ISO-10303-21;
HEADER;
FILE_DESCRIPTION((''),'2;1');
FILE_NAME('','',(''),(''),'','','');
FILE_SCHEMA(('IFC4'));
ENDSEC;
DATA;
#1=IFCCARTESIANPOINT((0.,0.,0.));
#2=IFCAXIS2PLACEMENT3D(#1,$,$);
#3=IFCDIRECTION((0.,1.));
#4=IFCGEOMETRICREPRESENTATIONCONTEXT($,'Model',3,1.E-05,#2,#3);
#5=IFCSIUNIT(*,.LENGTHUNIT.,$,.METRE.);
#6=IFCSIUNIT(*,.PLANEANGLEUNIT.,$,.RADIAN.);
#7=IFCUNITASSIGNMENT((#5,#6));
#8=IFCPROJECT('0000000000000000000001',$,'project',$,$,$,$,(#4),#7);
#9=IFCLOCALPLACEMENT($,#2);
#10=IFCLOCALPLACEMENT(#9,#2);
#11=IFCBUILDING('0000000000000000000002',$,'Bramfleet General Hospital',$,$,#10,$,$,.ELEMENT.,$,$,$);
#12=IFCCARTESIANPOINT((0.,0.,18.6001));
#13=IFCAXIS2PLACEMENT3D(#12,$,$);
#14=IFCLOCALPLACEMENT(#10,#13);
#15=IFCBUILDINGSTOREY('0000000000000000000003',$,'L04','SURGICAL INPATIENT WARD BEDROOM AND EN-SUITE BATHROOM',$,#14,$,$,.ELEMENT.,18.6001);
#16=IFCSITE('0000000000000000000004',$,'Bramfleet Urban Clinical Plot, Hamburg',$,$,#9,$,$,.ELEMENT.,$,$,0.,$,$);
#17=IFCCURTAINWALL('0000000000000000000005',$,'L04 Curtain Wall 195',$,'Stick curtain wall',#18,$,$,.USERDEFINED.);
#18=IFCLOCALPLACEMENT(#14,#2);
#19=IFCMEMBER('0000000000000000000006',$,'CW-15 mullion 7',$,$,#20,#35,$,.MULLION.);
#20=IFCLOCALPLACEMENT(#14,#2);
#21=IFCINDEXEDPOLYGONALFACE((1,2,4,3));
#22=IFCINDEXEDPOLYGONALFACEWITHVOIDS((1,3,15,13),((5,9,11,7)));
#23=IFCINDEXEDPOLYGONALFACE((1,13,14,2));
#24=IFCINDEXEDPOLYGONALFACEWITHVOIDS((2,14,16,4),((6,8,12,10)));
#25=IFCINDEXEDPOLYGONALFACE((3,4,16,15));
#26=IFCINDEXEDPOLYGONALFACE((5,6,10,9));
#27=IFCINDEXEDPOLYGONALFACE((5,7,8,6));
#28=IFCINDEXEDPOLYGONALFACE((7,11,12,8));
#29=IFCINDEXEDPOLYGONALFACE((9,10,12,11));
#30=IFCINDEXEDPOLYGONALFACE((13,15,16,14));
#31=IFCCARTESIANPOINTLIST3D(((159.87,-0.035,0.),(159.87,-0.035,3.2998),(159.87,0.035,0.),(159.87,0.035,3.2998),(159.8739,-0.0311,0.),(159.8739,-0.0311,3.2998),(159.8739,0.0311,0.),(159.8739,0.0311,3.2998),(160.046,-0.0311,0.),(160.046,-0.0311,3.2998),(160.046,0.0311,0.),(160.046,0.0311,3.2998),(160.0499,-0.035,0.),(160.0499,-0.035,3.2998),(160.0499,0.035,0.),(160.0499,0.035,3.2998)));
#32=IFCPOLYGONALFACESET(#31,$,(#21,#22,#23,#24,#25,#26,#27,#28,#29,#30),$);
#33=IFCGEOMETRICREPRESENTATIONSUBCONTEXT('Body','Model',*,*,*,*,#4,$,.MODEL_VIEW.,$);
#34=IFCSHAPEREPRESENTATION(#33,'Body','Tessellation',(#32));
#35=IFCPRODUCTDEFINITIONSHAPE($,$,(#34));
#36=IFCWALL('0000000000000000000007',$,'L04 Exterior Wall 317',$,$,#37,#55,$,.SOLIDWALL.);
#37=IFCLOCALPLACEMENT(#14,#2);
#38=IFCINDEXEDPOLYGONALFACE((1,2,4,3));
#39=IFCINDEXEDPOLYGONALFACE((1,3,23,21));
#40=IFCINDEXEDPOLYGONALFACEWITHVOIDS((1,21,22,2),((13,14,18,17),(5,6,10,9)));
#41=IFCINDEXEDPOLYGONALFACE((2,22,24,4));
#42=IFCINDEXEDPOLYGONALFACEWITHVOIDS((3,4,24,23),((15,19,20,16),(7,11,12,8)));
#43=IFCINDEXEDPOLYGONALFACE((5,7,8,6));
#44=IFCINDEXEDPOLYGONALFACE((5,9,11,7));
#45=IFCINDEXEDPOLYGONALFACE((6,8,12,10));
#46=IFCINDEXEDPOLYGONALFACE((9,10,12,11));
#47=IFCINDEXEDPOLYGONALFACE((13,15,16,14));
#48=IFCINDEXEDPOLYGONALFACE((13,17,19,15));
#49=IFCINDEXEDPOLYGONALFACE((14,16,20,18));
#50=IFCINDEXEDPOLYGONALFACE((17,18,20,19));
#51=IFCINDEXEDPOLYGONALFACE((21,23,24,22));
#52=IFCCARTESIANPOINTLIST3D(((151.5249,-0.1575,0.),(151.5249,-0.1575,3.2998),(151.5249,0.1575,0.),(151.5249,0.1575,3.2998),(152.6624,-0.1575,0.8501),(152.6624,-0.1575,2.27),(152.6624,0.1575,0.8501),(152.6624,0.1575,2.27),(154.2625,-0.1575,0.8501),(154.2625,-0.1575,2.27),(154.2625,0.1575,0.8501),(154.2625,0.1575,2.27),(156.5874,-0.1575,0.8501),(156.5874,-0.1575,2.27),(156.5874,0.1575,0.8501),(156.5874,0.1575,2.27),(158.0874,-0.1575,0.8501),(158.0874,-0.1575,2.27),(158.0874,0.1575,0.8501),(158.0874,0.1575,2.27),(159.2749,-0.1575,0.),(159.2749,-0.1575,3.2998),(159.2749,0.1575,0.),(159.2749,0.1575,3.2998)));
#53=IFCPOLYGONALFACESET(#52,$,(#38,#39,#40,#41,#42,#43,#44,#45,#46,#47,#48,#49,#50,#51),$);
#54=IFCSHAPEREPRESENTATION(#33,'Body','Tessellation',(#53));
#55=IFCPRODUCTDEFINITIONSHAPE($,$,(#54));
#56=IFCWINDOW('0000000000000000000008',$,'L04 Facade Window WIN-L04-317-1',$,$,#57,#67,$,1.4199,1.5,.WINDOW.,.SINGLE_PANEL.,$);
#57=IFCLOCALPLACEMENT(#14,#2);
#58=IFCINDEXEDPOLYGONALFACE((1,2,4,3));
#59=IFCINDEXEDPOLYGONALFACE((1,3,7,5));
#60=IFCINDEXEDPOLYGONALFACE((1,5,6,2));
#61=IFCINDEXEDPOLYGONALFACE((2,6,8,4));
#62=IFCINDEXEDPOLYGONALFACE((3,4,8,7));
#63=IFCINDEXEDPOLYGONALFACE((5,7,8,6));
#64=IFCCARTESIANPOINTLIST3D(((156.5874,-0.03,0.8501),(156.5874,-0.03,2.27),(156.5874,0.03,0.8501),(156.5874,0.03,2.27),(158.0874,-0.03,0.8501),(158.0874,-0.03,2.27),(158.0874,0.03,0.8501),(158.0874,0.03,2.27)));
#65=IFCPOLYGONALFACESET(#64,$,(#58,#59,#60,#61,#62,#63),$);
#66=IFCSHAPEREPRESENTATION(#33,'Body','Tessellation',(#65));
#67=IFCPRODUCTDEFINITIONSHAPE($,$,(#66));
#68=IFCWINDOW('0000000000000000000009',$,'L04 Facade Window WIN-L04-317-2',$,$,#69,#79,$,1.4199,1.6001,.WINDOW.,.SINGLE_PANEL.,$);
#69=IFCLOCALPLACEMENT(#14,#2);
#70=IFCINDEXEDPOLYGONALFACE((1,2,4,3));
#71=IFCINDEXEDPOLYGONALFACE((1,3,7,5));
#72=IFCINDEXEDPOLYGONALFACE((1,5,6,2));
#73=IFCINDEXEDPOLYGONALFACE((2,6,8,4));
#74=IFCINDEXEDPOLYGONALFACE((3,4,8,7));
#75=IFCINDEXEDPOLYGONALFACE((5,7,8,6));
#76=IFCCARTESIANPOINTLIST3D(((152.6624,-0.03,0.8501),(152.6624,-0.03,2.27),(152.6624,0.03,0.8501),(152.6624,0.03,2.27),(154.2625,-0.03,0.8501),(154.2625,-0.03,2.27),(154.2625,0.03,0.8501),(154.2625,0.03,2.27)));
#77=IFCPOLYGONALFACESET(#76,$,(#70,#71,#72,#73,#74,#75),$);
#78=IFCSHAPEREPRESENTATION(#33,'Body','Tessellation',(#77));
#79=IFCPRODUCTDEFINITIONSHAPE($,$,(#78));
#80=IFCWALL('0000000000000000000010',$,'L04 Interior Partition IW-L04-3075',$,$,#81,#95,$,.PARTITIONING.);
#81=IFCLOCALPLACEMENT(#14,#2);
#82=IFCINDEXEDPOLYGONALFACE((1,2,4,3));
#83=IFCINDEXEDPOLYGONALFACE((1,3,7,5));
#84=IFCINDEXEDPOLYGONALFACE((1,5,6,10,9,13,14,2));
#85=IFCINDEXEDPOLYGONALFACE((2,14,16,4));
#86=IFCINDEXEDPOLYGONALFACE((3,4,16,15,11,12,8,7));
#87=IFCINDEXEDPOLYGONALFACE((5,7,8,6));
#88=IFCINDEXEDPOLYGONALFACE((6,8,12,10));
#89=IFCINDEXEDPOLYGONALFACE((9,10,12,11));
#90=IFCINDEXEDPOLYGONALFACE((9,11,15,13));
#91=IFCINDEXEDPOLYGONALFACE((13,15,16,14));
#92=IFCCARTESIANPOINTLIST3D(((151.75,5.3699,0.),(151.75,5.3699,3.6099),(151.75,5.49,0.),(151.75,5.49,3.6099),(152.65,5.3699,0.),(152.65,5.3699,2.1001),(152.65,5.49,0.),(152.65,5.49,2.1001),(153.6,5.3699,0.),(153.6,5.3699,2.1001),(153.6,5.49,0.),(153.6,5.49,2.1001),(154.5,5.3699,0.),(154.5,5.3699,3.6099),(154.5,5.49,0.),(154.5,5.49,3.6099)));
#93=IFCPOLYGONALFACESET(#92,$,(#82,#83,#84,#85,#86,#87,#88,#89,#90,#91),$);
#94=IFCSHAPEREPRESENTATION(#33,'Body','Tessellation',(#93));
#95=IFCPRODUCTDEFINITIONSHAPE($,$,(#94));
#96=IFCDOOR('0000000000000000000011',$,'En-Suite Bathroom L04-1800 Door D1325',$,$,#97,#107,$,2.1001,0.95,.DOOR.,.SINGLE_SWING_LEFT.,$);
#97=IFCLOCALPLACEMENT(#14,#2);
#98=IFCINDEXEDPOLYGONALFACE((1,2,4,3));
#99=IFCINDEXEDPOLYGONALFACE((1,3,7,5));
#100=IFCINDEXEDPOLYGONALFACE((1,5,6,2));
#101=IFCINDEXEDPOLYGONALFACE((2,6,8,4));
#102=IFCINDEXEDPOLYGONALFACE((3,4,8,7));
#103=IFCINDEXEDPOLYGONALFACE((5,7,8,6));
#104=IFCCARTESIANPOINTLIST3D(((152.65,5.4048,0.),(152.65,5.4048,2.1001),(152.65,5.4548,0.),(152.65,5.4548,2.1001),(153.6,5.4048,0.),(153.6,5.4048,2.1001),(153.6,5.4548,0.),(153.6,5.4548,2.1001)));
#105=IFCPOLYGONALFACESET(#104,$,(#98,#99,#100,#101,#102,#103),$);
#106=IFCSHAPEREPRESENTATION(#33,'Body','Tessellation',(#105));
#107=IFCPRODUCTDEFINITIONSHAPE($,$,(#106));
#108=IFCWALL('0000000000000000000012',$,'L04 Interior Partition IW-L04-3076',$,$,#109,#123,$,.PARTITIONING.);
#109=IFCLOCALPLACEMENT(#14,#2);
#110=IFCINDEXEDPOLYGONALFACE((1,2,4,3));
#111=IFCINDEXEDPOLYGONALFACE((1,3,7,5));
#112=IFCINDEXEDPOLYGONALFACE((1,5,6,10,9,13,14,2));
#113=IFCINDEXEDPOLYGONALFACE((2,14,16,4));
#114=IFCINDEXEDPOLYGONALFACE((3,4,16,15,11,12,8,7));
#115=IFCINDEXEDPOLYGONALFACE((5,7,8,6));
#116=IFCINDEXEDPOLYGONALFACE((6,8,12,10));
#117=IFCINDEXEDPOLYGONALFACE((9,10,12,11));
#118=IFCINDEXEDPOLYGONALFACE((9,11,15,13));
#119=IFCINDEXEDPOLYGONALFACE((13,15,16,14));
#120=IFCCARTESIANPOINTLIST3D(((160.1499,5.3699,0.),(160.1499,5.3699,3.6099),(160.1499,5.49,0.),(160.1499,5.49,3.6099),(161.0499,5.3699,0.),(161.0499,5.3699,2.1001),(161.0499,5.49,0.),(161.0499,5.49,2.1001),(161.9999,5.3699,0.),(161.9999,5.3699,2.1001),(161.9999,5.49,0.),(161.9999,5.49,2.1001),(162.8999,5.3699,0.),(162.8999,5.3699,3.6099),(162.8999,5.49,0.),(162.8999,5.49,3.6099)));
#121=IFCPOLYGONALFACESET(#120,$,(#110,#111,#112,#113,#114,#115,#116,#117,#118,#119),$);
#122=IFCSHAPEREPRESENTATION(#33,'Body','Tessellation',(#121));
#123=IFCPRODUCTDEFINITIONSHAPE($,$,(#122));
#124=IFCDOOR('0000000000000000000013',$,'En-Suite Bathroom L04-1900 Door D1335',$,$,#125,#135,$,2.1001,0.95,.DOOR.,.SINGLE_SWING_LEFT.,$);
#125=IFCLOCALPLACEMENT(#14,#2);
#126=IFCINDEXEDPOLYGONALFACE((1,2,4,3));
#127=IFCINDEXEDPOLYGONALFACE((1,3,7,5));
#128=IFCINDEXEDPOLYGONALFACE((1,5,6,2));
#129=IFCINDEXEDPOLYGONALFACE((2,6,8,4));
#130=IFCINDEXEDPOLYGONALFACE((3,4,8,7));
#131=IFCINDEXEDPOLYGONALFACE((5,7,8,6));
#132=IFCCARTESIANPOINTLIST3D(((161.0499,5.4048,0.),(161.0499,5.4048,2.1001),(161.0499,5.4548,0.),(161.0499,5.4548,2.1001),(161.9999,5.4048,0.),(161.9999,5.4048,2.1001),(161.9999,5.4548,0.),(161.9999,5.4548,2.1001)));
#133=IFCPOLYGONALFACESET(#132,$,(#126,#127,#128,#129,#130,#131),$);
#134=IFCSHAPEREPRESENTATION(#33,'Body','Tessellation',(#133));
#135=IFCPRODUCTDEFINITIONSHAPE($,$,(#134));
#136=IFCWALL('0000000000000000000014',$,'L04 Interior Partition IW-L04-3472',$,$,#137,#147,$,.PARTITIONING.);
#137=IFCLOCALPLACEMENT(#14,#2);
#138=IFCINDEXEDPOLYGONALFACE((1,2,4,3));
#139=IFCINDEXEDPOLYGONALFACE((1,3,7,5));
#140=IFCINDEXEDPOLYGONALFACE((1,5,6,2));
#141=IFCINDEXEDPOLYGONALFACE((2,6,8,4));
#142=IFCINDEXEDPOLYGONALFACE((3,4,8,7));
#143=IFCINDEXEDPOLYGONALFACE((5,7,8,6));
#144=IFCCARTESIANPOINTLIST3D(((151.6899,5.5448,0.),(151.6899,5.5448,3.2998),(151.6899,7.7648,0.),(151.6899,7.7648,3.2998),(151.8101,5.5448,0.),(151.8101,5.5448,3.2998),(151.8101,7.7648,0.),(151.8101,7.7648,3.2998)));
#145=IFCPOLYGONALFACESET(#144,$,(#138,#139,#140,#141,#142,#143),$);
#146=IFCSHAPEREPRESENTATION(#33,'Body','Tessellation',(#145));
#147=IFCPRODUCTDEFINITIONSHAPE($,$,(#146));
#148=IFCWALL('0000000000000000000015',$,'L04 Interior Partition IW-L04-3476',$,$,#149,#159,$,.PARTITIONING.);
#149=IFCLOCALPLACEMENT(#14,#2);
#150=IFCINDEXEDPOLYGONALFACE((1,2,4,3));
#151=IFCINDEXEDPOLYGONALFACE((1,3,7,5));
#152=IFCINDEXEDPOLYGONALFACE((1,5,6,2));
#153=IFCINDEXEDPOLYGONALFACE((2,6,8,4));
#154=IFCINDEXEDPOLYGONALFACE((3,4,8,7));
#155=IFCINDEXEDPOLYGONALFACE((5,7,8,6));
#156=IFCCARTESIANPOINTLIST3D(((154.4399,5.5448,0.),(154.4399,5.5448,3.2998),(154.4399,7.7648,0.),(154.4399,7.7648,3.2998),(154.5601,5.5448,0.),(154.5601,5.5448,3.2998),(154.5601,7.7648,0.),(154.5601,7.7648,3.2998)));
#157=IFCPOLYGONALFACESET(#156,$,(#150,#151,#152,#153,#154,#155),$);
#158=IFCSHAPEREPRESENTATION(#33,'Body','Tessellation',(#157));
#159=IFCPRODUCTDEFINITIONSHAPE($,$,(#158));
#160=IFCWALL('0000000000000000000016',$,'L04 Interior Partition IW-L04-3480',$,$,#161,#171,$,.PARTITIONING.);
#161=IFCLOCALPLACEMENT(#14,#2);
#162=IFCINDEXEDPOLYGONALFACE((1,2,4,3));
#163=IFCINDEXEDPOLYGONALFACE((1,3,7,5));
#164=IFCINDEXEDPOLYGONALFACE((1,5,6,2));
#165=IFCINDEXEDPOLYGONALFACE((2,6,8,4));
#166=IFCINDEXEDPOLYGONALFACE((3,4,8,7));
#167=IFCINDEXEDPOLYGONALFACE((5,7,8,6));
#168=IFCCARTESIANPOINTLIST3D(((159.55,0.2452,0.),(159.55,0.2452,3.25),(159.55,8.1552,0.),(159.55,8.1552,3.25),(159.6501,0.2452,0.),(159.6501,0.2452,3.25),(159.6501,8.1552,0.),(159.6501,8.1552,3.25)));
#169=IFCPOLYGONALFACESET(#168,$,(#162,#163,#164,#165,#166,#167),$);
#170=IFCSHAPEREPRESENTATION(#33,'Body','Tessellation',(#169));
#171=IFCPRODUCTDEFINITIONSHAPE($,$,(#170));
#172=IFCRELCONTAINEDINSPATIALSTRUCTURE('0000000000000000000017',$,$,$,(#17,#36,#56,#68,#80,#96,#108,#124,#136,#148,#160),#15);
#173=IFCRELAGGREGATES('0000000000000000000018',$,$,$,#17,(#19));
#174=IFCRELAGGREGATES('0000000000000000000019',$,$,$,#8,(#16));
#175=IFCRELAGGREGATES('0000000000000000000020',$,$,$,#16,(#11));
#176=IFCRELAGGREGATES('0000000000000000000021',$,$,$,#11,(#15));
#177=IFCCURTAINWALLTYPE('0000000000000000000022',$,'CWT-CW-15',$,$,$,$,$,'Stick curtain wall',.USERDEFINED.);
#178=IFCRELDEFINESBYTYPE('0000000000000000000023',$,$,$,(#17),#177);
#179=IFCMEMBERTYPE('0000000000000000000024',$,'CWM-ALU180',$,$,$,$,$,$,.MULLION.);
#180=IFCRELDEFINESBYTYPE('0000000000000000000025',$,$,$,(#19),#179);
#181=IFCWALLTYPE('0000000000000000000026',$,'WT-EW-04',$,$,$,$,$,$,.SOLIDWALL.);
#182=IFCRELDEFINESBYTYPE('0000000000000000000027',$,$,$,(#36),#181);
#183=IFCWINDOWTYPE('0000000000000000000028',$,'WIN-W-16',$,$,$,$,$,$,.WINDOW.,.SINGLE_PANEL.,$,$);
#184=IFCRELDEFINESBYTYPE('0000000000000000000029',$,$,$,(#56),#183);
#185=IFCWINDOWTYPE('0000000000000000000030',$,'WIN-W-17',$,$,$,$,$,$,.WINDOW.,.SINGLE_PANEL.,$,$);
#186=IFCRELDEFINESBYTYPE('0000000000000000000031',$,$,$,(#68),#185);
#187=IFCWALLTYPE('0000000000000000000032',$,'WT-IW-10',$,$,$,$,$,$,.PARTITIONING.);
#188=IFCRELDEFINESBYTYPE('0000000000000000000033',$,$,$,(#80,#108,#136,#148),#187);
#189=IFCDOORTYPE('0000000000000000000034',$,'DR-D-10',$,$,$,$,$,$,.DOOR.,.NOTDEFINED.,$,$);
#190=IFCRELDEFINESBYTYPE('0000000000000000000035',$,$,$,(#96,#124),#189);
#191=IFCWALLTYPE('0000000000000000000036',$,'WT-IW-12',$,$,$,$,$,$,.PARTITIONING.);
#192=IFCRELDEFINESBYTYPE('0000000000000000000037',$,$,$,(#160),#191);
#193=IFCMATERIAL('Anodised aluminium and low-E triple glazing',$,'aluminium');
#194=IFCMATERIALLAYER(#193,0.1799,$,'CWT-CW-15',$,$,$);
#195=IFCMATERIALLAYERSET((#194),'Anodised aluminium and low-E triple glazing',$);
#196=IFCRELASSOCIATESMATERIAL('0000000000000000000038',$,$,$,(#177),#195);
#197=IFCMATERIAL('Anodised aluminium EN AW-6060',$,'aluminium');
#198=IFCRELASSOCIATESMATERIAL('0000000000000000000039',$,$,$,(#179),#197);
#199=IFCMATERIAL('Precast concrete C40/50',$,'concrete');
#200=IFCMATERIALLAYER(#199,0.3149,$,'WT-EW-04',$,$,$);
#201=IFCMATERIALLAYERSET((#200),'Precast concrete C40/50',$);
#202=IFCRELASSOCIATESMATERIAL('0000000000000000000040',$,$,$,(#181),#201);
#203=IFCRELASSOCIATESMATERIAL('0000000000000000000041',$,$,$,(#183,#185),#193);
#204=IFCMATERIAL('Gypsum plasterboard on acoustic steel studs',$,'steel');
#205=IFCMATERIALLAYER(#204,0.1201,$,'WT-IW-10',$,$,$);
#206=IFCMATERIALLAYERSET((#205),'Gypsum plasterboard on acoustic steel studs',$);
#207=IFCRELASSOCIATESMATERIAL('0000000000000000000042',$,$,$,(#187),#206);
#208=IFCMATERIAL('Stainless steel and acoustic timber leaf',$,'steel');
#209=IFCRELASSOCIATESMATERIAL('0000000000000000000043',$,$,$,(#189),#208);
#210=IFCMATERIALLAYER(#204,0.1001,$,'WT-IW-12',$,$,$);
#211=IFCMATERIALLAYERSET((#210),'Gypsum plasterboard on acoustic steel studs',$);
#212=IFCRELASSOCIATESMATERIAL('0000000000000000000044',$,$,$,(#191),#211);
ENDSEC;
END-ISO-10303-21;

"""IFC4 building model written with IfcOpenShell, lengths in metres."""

from ifc_helpers import new_model, si_unit, direction, frame, frame_2d, origin, origin_2d, place, context, subcontext, project, spatial, rectangle, hollow_rectangle, extrude, material, layer, layer_set, material_profile, profile_set, type_object, element, fill, aggregate, save


model = new_model("IFC4")

# Units and contexts
model_context = context("Model", 3, precision=1e-05, world=origin(), true_north=direction((0.0, 1.0)))
body_context = subcontext(model_context, "Body", "Model", "MODEL_VIEW")
ifc_project = project(units=[si_unit("LENGTHUNIT", "METRE"), si_unit("PLANEANGLEUNIT", "RADIAN")], contexts=[model_context])

# Site, building, storey
site_placement = place(None, origin())
site = spatial("IfcSite", under=ifc_project, at=site_placement, Name="Bramfleet Urban Clinical Plot, Hamburg", CompositionType="ELEMENT", RefElevation=0.0)
building_placement = place(site_placement, origin())
building = spatial("IfcBuilding", under=site, at=building_placement, Name="Bramfleet General Hospital", CompositionType="ELEMENT")
storey_placement = place(building_placement, frame((0.0, 0.0, 18.6001)))
storey = spatial("IfcBuildingStorey", under=building, at=storey_placement, Name="L04", Description="SURGICAL INPATIENT WARD BEDROOM AND EN-SUITE BATHROOM", CompositionType="ELEMENT", Elevation=18.6001)

# Curtain wall, member
ifc_material_1 = material(Name="Anodised aluminium and low-E triple glazing", Category="aluminium")
ifc_layer_1 = layer(ifc_material_1, 0.1799, Name="CWT-CW-15")
ifc_layer_set_1 = layer_set([ifc_layer_1], Name="Anodised aluminium and low-E triple glazing")
curtain_wall_type = type_object("IfcCurtainWallType", Name="CWT-CW-15", ElementType="Stick curtain wall", PredefinedType="USERDEFINED", material=ifc_layer_set_1)
curtain_wall_placement = place(storey_placement, origin())
curtain_wall = element("IfcCurtainWall", 1, at=curtain_wall_placement, inside=storey, type_object=curtain_wall_type, Name="L04 Curtain Wall 195", ObjectType="Stick curtain wall", PredefinedType="USERDEFINED")
ifc_material_2 = material(Name="Anodised aluminium EN AW-6060", Category="aluminium")
ifc_material_profile_1 = material_profile(ifc_material_2, hollow_rectangle(XDim=0.0701, YDim=0.1799, WallThickness=0.0039, at=origin_2d()), Name="ALU 180x70x4.0")
ifc_profile_set_1 = profile_set([ifc_material_profile_1], Name="Anodised aluminium EN AW-6060")
member_type = type_object("IfcMemberType", Name="CWM-ALU180", PredefinedType="MULLION", material=ifc_profile_set_1)
member_placement = place(storey_placement, frame((159.96, 0.0, 0.0), z_axis=(0.0, 0.0, 1.0), x_axis=(0.0, -1.0, 0.0)))
member = element("IfcMember", 2, at=member_placement, type_object=member_type, Name="CW-15 mullion 7", PredefinedType="MULLION", context=body_context, shape_type="SweptSolid", body=[
    extrude(hollow_rectangle(XDim=0.0701, YDim=0.1799, WallThickness=0.0039, at=origin_2d()), origin(), (0.0, 0.0, 1.0), 3.2998),
])
aggregate(curtain_wall, [member])

# Wall, openings, windows
ifc_material_3 = material(Name="Precast concrete C40/50", Category="concrete")
ifc_layer_2 = layer(ifc_material_3, 0.3149, Name="WT-EW-04")
ifc_layer_set_2 = layer_set([ifc_layer_2], Name="Precast concrete C40/50")
wall_type_1 = type_object("IfcWallType", Name="WT-EW-04", PredefinedType="SOLIDWALL", material=ifc_layer_set_2)
wall_1_placement = place(storey_placement, frame((159.2749, 0.0, 0.0), z_axis=(0.0, 0.0, 1.0), x_axis=(-1.0, 0.0, 0.0)))
wall_1 = element("IfcWall", 3, at=wall_1_placement, inside=storey, type_object=wall_type_1, Name="L04 Exterior Wall 317", PredefinedType="SOLIDWALL", context=body_context, shape_type="SweptSolid", body=[
    extrude(rectangle(XDim=7.75, YDim=0.3149, at=frame_2d((3.875, 0.0))), origin(), (0.0, 0.0, 1.0), 3.2998),
])
opening_1_placement = place(wall_1_placement, frame((1.1875, 0.0, 0.8501)))
opening_1 = element("IfcOpeningElement", 4, at=opening_1_placement, cuts=wall_1, PredefinedType="OPENING", context=body_context, shape_type="SweptSolid", body=[
    extrude(rectangle(XDim=1.5, YDim=1.4199, at=frame_2d((0.75, 0.71))), frame((0.0, 0.1675, 0.0), z_axis=(0.0, -1.0, 0.0), x_axis=(1.0, 0.0, 0.0)), (0.0, 0.0, 1.0), 0.335),
])
opening_2_placement = place(wall_1_placement, frame((5.0125, 0.0, 0.8501)))
opening_2 = element("IfcOpeningElement", 5, at=opening_2_placement, cuts=wall_1, PredefinedType="OPENING", context=body_context, shape_type="SweptSolid", body=[
    extrude(rectangle(XDim=1.6001, YDim=1.4199, at=frame_2d((0.8, 0.71))), frame((0.0, 0.1675, 0.0), z_axis=(0.0, -1.0, 0.0), x_axis=(1.0, 0.0, 0.0)), (0.0, 0.0, 1.0), 0.335),
])
window_type_1 = type_object("IfcWindowType", Name="WIN-W-16", PartitioningType="SINGLE_PANEL", PredefinedType="WINDOW", material=ifc_material_1)
window_1_placement = place(opening_1_placement, origin())
window_1 = element("IfcWindow", 6, at=window_1_placement, inside=storey, type_object=window_type_1, Name="L04 Facade Window WIN-L04-317-1", OverallHeight=1.4199, OverallWidth=1.5, PartitioningType="SINGLE_PANEL", PredefinedType="WINDOW", context=body_context, shape_type="SweptSolid", body=[
    extrude(rectangle(XDim=1.5, YDim=1.4199, at=frame_2d((0.75, 0.71))), frame((0.0, 0.03, 0.0), z_axis=(0.0, -1.0, 0.0), x_axis=(1.0, 0.0, 0.0)), (0.0, 0.0, 1.0), 0.0601),
])
fill(opening_1, window_1)
window_type_2 = type_object("IfcWindowType", Name="WIN-W-17", PartitioningType="SINGLE_PANEL", PredefinedType="WINDOW", material=ifc_material_1)
window_2_placement = place(opening_2_placement, origin())
window_2 = element("IfcWindow", 7, at=window_2_placement, inside=storey, type_object=window_type_2, Name="L04 Facade Window WIN-L04-317-2", OverallHeight=1.4199, OverallWidth=1.6001, PartitioningType="SINGLE_PANEL", PredefinedType="WINDOW", context=body_context, shape_type="SweptSolid", body=[
    extrude(rectangle(XDim=1.6001, YDim=1.4199, at=frame_2d((0.8, 0.71))), frame((0.0, 0.03, 0.0), z_axis=(0.0, -1.0, 0.0), x_axis=(1.0, 0.0, 0.0)), (0.0, 0.0, 1.0), 0.0601),
])
fill(opening_2, window_2)

# Walls, openings, doors
ifc_material_4 = material(Name="Gypsum plasterboard on acoustic steel studs", Category="steel")
ifc_layer_3 = layer(ifc_material_4, 0.1201, Name="WT-IW-10")
ifc_layer_set_3 = layer_set([ifc_layer_3], Name="Gypsum plasterboard on acoustic steel studs")
wall_type_2 = type_object("IfcWallType", Name="WT-IW-10", PredefinedType="PARTITIONING", material=ifc_layer_set_3)
wall_2_placement = place(storey_placement, frame((151.75, 5.4299, 0.0), z_axis=(0.0, 0.0, 1.0), x_axis=(1.0, 0.0, 0.0)))
wall_2 = element("IfcWall", 8, at=wall_2_placement, inside=storey, type_object=wall_type_2, Name="L04 Interior Partition IW-L04-3075", PredefinedType="PARTITIONING", context=body_context, shape_type="SweptSolid", body=[
    extrude(rectangle(XDim=2.75, YDim=0.1201, at=frame_2d((1.375, 0.0))), origin(), (0.0, 0.0, 1.0), 3.6099),
])
opening_3_placement = place(wall_2_placement, frame((0.8999, 0.0, 0.0)))
opening_3 = element("IfcOpeningElement", 9, at=opening_3_placement, cuts=wall_2, PredefinedType="OPENING", context=body_context, shape_type="SweptSolid", body=[
    extrude(rectangle(XDim=0.95, YDim=2.1001, at=frame_2d((0.4751, 1.05))), frame((0.0, 0.0701, 0.0), z_axis=(0.0, -1.0, 0.0), x_axis=(1.0, 0.0, 0.0)), (0.0, 0.0, 1.0), 0.1401),
])
ifc_material_5 = material(Name="Stainless steel and acoustic timber leaf", Category="steel")
door_type = type_object("IfcDoorType", Name="DR-D-10", OperationType="NOTDEFINED", PredefinedType="DOOR", material=ifc_material_5)
door_1_placement = place(opening_3_placement, origin())
door_1 = element("IfcDoor", 10, at=door_1_placement, inside=storey, type_object=door_type, Name="En-Suite Bathroom L04-1800 Door D1325", OperationType="SINGLE_SWING_LEFT", OverallHeight=2.1001, OverallWidth=0.95, PredefinedType="DOOR", context=body_context, shape_type="SweptSolid", body=[
    extrude(rectangle(XDim=0.95, YDim=2.1001, at=frame_2d((0.4751, 1.05))), frame((0.0, 0.0249, 0.0), z_axis=(0.0, -1.0, 0.0), x_axis=(1.0, 0.0, 0.0)), (0.0, 0.0, 1.0), 0.05),
])
fill(opening_3, door_1)
wall_3_placement = place(storey_placement, frame((160.1499, 5.4299, 0.0), z_axis=(0.0, 0.0, 1.0), x_axis=(1.0, 0.0, 0.0)))
wall_3 = element("IfcWall", 11, at=wall_3_placement, inside=storey, type_object=wall_type_2, Name="L04 Interior Partition IW-L04-3076", PredefinedType="PARTITIONING", context=body_context, shape_type="SweptSolid", body=[
    extrude(rectangle(XDim=2.75, YDim=0.1201, at=frame_2d((1.375, 0.0))), origin(), (0.0, 0.0, 1.0), 3.6099),
])
opening_4_placement = place(wall_3_placement, frame((0.8999, 0.0, 0.0)))
opening_4 = element("IfcOpeningElement", 12, at=opening_4_placement, cuts=wall_3, PredefinedType="OPENING", context=body_context, shape_type="SweptSolid", body=[
    extrude(rectangle(XDim=0.95, YDim=2.1001, at=frame_2d((0.4751, 1.05))), frame((0.0, 0.0701, 0.0), z_axis=(0.0, -1.0, 0.0), x_axis=(1.0, 0.0, 0.0)), (0.0, 0.0, 1.0), 0.1401),
])
door_2_placement = place(opening_4_placement, origin())
door_2 = element("IfcDoor", 13, at=door_2_placement, inside=storey, type_object=door_type, Name="En-Suite Bathroom L04-1900 Door D1335", OperationType="SINGLE_SWING_LEFT", OverallHeight=2.1001, OverallWidth=0.95, PredefinedType="DOOR", context=body_context, shape_type="SweptSolid", body=[
    extrude(rectangle(XDim=0.95, YDim=2.1001, at=frame_2d((0.4751, 1.05))), frame((0.0, 0.0249, 0.0), z_axis=(0.0, -1.0, 0.0), x_axis=(1.0, 0.0, 0.0)), (0.0, 0.0, 1.0), 0.05),
])
fill(opening_4, door_2)

# Walls
for number, where, z_axis, x_axis, name in (
    (14, (151.75, 5.5449, 0.0), (0.0, 0.0, 1.0), (0.0, 1.0, 0.0), "L04 Interior Partition IW-L04-3472"),
    (15, (154.5, 5.5449, 0.0), (0.0, 0.0, 1.0), (0.0, 1.0, 0.0), "L04 Interior Partition IW-L04-3476"),
):
    element("IfcWall", number, at=place(storey_placement, frame(where, z_axis=z_axis, x_axis=x_axis)), inside=storey, type_object=wall_type_2, Name=name, PredefinedType="PARTITIONING", context=body_context, shape_type="SweptSolid", body=[
        extrude(rectangle(XDim=2.22, YDim=0.1201, at=frame_2d((1.1099, 0.0))), origin(), (0.0, 0.0, 1.0), 3.2998),
    ])
ifc_layer_4 = layer(ifc_material_4, 0.1001, Name="WT-IW-12")
ifc_layer_set_4 = layer_set([ifc_layer_4], Name="Gypsum plasterboard on acoustic steel studs")
wall_type_3 = type_object("IfcWallType", Name="WT-IW-12", PredefinedType="PARTITIONING", material=ifc_layer_set_4)
wall_4_placement = place(storey_placement, frame((159.6001, 0.2451, 0.0), z_axis=(0.0, 0.0, 1.0), x_axis=(0.0, 1.0, 0.0)))
element("IfcWall", 16, at=wall_4_placement, inside=storey, type_object=wall_type_3, Name="L04 Interior Partition IW-L04-3480", PredefinedType="PARTITIONING", context=body_context, shape_type="SweptSolid", body=[
    extrude(rectangle(XDim=7.9099, YDim=0.1001, at=frame_2d((3.9551, 0.0))), origin(), (0.0, 0.0, 1.0), 3.25),
])

save(model, "model.ifc")
